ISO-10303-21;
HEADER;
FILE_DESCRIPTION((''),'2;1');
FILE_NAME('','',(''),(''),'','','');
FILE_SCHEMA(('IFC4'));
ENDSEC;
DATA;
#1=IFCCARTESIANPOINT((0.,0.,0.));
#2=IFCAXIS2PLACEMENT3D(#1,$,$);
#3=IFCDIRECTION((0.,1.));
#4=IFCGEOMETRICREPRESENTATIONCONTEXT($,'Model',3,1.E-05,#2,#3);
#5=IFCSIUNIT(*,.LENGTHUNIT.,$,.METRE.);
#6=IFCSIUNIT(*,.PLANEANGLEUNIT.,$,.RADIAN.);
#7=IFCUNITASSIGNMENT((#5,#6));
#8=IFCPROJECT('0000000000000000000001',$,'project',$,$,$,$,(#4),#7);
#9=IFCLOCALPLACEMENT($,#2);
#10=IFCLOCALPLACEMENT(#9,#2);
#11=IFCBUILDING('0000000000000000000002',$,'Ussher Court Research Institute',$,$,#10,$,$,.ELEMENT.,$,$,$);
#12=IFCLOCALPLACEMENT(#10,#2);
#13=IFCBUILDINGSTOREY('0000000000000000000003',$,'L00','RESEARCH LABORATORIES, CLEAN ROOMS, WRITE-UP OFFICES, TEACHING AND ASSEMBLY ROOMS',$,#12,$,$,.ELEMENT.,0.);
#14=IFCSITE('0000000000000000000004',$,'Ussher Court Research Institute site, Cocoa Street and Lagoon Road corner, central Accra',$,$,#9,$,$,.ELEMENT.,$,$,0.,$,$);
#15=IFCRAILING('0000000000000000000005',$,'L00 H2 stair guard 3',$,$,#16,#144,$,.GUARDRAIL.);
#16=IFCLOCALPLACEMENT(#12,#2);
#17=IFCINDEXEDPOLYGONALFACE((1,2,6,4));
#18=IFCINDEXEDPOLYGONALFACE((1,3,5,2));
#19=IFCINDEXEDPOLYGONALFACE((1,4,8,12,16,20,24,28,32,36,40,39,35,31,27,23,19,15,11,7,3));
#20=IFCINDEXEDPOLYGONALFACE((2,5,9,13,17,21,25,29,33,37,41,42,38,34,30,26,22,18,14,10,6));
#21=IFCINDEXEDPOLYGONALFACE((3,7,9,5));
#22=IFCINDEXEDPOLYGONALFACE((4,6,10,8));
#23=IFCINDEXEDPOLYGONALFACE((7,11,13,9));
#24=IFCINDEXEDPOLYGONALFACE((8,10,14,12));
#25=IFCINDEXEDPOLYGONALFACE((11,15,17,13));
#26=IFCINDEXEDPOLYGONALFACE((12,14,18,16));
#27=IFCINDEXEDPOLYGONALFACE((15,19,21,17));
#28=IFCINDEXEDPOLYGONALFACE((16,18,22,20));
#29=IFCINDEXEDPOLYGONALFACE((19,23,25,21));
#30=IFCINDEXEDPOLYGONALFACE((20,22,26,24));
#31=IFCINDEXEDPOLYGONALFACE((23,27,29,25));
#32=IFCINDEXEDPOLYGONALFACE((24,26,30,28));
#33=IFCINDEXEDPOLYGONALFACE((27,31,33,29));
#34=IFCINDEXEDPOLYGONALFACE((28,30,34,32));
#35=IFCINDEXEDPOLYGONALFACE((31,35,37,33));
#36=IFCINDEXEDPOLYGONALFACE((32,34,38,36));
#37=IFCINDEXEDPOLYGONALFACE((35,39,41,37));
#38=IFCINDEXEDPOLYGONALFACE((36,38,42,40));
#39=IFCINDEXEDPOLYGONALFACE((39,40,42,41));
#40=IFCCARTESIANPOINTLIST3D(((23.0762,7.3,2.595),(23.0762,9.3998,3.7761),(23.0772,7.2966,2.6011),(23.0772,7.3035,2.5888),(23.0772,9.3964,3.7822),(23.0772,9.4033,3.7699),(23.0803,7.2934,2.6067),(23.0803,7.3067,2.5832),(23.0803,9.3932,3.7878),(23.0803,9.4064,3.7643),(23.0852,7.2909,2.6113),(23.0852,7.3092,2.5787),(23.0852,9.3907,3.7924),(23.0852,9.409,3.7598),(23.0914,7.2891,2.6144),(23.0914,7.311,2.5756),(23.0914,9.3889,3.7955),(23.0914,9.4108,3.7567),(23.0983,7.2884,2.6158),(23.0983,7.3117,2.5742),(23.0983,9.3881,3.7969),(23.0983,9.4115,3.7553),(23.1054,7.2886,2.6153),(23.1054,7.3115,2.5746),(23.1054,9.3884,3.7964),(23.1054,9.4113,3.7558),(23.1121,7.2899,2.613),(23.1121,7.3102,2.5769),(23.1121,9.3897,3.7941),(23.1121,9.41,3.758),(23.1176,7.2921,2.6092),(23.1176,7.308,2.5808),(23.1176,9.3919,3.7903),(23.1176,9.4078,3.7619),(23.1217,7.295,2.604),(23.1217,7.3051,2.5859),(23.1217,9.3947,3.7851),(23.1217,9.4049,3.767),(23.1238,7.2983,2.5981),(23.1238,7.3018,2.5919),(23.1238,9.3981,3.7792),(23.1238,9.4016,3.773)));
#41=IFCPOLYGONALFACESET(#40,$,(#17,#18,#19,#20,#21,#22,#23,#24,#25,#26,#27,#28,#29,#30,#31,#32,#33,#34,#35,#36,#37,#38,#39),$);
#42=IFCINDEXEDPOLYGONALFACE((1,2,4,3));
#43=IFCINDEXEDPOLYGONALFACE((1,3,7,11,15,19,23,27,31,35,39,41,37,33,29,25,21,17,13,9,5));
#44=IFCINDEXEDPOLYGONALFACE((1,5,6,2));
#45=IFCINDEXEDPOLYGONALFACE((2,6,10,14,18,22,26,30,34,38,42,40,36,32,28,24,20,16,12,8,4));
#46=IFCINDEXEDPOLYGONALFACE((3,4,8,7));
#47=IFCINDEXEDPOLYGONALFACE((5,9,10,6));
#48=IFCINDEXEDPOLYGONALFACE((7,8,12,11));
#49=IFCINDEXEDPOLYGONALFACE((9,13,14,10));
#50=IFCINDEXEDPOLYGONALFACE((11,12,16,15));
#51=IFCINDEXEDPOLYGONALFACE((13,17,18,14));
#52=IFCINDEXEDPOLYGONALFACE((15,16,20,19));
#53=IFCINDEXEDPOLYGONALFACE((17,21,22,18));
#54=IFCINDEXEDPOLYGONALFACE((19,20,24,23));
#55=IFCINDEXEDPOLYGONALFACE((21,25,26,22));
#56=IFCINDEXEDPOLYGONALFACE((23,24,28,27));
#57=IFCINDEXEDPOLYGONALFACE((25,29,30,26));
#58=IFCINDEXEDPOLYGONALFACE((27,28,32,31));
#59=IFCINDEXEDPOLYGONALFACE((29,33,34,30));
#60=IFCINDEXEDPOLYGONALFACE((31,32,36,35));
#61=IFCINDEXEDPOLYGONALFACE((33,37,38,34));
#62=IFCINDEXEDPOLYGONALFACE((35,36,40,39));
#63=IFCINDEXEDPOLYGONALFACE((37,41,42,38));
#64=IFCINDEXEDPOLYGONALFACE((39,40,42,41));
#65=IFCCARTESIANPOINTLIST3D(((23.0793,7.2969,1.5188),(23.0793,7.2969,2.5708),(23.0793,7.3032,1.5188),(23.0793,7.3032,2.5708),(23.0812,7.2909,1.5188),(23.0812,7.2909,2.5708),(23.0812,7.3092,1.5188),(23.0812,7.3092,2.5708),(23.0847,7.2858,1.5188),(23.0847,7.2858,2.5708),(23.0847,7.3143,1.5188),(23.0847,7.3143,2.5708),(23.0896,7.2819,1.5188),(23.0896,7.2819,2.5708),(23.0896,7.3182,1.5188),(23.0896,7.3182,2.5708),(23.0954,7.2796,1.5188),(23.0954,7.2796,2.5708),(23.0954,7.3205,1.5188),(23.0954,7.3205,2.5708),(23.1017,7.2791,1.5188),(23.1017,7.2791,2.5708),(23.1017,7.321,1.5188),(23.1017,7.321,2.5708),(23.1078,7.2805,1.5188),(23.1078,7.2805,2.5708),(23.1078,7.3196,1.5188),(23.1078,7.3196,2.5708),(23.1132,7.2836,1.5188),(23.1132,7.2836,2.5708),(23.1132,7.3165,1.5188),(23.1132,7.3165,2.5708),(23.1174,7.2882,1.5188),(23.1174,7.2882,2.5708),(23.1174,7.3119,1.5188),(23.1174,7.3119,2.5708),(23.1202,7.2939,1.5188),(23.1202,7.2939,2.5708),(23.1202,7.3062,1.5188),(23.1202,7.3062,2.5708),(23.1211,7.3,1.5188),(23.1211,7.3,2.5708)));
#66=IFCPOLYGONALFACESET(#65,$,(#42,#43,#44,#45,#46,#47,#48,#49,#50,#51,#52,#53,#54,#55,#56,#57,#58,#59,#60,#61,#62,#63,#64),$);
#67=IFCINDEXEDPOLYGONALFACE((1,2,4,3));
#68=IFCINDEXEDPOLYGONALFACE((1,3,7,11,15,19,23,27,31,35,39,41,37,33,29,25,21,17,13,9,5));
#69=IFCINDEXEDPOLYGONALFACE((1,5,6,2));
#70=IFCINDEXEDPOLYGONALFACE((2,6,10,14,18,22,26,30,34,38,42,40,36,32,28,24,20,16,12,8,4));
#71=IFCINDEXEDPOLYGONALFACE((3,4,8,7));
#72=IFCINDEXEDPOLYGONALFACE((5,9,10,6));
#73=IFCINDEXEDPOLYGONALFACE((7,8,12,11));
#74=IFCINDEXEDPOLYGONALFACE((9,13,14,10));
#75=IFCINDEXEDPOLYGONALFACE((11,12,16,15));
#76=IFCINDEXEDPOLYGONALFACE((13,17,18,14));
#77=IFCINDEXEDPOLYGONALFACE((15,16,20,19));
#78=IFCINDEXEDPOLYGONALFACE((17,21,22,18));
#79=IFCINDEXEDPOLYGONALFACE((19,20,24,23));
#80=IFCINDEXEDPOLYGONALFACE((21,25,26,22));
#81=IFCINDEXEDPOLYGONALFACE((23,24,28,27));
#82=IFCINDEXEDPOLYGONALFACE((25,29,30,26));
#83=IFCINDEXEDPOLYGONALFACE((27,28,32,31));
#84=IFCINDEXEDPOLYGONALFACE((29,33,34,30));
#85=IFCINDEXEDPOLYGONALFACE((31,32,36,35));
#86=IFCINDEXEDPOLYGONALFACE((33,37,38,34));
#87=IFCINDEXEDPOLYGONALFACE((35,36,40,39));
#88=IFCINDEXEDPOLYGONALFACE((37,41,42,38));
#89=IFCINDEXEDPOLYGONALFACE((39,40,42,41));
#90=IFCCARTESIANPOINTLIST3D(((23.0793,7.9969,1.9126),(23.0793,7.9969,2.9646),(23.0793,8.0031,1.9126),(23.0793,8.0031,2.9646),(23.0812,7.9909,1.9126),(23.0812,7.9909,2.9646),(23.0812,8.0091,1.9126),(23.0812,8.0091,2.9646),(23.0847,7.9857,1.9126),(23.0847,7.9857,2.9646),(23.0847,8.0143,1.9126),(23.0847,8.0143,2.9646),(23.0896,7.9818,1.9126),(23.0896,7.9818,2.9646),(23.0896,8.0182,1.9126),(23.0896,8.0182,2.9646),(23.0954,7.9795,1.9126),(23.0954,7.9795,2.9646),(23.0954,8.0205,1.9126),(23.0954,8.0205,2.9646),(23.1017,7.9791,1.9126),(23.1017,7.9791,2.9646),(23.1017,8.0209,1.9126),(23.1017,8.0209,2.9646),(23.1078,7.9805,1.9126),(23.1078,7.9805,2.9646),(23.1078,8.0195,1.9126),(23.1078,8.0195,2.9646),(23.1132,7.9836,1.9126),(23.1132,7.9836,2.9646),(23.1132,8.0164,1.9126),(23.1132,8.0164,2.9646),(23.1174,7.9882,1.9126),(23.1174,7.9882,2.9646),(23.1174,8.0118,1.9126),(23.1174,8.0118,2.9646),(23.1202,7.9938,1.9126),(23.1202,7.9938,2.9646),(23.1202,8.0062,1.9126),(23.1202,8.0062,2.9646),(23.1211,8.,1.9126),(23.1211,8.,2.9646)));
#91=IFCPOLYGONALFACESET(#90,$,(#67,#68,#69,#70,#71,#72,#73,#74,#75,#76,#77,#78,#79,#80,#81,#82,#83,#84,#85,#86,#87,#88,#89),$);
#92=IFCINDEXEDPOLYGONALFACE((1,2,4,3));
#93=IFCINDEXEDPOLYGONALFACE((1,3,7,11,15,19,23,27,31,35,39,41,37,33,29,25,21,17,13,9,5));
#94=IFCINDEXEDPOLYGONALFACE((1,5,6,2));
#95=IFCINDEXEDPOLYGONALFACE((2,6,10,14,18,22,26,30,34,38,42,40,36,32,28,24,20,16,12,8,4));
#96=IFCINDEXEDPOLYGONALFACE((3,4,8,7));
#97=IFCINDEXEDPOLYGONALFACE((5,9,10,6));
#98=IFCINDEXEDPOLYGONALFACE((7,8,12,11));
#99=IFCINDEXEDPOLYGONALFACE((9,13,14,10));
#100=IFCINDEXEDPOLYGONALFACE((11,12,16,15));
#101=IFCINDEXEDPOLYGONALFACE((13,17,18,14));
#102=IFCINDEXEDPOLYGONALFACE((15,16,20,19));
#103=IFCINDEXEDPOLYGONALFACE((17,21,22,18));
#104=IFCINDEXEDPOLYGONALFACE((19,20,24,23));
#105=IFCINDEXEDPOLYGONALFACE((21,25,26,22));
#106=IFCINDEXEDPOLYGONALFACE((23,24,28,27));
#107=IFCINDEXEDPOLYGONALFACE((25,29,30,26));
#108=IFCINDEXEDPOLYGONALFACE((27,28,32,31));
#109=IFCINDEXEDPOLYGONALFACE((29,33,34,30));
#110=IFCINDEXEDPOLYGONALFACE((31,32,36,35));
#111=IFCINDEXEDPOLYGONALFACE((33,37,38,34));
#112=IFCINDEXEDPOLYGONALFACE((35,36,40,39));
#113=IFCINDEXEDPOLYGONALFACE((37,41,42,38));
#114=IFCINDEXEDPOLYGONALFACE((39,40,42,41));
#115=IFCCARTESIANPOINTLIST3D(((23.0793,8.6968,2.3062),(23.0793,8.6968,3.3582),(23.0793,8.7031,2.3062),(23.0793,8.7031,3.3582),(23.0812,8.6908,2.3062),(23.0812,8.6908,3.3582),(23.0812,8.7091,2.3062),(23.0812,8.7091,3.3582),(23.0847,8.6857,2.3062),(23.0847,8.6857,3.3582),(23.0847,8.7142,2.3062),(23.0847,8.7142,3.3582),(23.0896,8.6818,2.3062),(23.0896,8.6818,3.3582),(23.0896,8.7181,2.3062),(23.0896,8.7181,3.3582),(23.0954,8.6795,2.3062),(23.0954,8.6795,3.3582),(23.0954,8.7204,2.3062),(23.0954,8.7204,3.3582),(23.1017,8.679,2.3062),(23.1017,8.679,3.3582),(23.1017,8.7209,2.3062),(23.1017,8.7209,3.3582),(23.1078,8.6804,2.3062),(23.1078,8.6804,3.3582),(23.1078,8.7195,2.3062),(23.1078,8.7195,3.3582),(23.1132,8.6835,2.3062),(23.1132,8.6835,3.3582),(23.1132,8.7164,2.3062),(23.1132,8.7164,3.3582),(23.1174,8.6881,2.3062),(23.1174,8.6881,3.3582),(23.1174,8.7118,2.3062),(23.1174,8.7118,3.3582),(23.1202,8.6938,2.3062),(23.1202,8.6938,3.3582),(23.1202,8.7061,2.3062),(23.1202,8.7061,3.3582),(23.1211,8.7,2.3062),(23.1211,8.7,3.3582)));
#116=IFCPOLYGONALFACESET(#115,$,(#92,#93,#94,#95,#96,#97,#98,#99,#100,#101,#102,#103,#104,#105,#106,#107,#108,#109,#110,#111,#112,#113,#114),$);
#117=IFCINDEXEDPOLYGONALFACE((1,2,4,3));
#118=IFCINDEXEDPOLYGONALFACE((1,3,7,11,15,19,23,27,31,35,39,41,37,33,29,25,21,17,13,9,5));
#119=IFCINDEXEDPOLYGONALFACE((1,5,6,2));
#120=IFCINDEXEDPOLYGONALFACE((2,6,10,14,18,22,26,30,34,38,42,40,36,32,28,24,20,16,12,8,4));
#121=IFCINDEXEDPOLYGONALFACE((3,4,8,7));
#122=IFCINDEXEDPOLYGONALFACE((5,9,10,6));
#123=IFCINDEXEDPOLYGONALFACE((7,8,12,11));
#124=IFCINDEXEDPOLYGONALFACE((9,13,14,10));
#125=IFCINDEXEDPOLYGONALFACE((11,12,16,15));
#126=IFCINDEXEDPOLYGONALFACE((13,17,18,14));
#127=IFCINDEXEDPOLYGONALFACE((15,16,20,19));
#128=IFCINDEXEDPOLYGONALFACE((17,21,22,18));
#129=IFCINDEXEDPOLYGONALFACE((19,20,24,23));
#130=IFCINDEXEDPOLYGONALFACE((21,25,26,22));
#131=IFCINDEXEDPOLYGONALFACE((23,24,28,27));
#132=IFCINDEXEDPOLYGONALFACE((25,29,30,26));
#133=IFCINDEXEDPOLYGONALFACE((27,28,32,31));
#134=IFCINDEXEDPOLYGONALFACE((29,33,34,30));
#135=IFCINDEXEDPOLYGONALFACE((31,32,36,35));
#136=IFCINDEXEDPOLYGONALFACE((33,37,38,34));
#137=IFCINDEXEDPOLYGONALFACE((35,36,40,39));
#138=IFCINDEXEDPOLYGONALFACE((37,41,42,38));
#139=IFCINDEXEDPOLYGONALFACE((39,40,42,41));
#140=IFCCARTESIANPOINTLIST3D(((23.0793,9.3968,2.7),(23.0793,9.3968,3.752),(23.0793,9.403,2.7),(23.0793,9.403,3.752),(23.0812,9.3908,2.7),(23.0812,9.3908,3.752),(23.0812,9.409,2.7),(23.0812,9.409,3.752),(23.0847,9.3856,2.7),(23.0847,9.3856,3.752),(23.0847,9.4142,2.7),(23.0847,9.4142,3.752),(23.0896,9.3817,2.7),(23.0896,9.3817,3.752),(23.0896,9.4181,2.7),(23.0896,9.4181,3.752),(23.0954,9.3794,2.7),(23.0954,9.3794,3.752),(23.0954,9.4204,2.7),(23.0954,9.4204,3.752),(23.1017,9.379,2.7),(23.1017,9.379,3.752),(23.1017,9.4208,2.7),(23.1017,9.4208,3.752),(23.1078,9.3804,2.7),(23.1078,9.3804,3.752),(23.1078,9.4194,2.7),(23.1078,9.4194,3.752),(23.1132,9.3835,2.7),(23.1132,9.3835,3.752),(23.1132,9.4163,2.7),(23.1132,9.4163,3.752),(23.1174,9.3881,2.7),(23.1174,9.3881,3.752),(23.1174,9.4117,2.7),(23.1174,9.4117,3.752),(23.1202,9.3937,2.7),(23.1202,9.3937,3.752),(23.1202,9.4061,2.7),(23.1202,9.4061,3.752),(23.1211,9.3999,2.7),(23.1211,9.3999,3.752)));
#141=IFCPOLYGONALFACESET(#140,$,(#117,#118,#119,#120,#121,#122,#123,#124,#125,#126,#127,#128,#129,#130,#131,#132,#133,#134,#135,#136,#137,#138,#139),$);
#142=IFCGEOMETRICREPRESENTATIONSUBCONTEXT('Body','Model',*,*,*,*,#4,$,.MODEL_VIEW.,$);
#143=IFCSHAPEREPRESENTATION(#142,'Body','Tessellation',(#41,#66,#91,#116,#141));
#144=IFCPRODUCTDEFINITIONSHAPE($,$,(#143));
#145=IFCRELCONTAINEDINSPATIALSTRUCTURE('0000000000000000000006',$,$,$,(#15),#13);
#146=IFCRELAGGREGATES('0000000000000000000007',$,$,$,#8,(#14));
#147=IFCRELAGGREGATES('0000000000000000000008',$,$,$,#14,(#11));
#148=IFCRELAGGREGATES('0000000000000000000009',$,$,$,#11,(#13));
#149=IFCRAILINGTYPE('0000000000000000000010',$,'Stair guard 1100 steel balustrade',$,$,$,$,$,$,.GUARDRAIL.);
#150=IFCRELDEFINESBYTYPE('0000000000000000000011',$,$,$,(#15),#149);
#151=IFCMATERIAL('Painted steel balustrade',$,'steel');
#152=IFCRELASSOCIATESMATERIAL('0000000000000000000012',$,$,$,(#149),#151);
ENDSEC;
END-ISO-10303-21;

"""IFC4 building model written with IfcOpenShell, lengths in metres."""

from ifc_helpers import new_model, si_unit, direction, frame, origin, origin_2d, place, context, subcontext, project, spatial, circle, extrude, material, type_object, element, save


model = new_model("IFC4")

# Units and contexts
model_context = context("Model", 3, precision=1e-05, world=origin(), true_north=direction((0.0, 1.0)))
body_context = subcontext(model_context, "Body", "Model", "MODEL_VIEW")
ifc_project = project(units=[si_unit("LENGTHUNIT", "METRE"), si_unit("PLANEANGLEUNIT", "RADIAN")], contexts=[model_context])

# Site, building, storey
site_placement = place(None, origin())
site = spatial("IfcSite", under=ifc_project, at=site_placement, Name="Ussher Court Research Institute site, Cocoa Street and Lagoon Road corner, central Accra", CompositionType="ELEMENT", RefElevation=0.0)
building_placement = place(site_placement, origin())
building = spatial("IfcBuilding", under=site, at=building_placement, Name="Ussher Court Research Institute", CompositionType="ELEMENT")
storey_placement = place(building_placement, origin())
storey = spatial("IfcBuildingStorey", under=building, at=storey_placement, Name="L00", Description="RESEARCH LABORATORIES, CLEAN ROOMS, WRITE-UP OFFICES, TEACHING AND ASSEMBLY ROOMS", CompositionType="ELEMENT", Elevation=0.0)

# Railing
ifc_material_1 = material(Name="Painted steel balustrade", Category="steel")
railing_type_1 = type_object("IfcRailingType", Name="Stair guard 1100 steel balustrade", PredefinedType="GUARDRAIL", material=ifc_material_1)
for number, where, name in (
    (1, (23.1001, 7.3, 1.5188), "L00 H2 stair guard 3"),
):
    element("IfcRailing", number, at=place(storey_placement, frame(where)), inside=storey, type_object=railing_type_1, Name=name, PredefinedType="GUARDRAIL", context=body_context, shape_type="SweptSolid", body=[
        extrude(circle(Radius=0.0239, at=origin_2d()), frame((0.0, 0.0, 1.0762), z_axis=(0.0, 0.871578, 0.490256), x_axis=(-1.0, 0.0, 0.0)), (0.0, 0.0, 1.0), 2.4092),
        extrude(circle(Radius=0.021, at=origin_2d()), origin(), (0.0, 0.0, 1.0), 1.052),
        extrude(circle(Radius=0.021, at=origin_2d()), frame((0.0, 0.7, 0.3938)), (0.0, 0.0, 1.0), 1.052),
        extrude(circle(Radius=0.021, at=origin_2d()), frame((0.0, 1.3999, 0.7874)), (0.0, 0.0, 1.0), 1.052),
        extrude(circle(Radius=0.021, at=origin_2d()), frame((0.0, 2.0999, 1.1812)), (0.0, 0.0, 1.0), 1.052),
    ])

save(model, "model.ifc")
